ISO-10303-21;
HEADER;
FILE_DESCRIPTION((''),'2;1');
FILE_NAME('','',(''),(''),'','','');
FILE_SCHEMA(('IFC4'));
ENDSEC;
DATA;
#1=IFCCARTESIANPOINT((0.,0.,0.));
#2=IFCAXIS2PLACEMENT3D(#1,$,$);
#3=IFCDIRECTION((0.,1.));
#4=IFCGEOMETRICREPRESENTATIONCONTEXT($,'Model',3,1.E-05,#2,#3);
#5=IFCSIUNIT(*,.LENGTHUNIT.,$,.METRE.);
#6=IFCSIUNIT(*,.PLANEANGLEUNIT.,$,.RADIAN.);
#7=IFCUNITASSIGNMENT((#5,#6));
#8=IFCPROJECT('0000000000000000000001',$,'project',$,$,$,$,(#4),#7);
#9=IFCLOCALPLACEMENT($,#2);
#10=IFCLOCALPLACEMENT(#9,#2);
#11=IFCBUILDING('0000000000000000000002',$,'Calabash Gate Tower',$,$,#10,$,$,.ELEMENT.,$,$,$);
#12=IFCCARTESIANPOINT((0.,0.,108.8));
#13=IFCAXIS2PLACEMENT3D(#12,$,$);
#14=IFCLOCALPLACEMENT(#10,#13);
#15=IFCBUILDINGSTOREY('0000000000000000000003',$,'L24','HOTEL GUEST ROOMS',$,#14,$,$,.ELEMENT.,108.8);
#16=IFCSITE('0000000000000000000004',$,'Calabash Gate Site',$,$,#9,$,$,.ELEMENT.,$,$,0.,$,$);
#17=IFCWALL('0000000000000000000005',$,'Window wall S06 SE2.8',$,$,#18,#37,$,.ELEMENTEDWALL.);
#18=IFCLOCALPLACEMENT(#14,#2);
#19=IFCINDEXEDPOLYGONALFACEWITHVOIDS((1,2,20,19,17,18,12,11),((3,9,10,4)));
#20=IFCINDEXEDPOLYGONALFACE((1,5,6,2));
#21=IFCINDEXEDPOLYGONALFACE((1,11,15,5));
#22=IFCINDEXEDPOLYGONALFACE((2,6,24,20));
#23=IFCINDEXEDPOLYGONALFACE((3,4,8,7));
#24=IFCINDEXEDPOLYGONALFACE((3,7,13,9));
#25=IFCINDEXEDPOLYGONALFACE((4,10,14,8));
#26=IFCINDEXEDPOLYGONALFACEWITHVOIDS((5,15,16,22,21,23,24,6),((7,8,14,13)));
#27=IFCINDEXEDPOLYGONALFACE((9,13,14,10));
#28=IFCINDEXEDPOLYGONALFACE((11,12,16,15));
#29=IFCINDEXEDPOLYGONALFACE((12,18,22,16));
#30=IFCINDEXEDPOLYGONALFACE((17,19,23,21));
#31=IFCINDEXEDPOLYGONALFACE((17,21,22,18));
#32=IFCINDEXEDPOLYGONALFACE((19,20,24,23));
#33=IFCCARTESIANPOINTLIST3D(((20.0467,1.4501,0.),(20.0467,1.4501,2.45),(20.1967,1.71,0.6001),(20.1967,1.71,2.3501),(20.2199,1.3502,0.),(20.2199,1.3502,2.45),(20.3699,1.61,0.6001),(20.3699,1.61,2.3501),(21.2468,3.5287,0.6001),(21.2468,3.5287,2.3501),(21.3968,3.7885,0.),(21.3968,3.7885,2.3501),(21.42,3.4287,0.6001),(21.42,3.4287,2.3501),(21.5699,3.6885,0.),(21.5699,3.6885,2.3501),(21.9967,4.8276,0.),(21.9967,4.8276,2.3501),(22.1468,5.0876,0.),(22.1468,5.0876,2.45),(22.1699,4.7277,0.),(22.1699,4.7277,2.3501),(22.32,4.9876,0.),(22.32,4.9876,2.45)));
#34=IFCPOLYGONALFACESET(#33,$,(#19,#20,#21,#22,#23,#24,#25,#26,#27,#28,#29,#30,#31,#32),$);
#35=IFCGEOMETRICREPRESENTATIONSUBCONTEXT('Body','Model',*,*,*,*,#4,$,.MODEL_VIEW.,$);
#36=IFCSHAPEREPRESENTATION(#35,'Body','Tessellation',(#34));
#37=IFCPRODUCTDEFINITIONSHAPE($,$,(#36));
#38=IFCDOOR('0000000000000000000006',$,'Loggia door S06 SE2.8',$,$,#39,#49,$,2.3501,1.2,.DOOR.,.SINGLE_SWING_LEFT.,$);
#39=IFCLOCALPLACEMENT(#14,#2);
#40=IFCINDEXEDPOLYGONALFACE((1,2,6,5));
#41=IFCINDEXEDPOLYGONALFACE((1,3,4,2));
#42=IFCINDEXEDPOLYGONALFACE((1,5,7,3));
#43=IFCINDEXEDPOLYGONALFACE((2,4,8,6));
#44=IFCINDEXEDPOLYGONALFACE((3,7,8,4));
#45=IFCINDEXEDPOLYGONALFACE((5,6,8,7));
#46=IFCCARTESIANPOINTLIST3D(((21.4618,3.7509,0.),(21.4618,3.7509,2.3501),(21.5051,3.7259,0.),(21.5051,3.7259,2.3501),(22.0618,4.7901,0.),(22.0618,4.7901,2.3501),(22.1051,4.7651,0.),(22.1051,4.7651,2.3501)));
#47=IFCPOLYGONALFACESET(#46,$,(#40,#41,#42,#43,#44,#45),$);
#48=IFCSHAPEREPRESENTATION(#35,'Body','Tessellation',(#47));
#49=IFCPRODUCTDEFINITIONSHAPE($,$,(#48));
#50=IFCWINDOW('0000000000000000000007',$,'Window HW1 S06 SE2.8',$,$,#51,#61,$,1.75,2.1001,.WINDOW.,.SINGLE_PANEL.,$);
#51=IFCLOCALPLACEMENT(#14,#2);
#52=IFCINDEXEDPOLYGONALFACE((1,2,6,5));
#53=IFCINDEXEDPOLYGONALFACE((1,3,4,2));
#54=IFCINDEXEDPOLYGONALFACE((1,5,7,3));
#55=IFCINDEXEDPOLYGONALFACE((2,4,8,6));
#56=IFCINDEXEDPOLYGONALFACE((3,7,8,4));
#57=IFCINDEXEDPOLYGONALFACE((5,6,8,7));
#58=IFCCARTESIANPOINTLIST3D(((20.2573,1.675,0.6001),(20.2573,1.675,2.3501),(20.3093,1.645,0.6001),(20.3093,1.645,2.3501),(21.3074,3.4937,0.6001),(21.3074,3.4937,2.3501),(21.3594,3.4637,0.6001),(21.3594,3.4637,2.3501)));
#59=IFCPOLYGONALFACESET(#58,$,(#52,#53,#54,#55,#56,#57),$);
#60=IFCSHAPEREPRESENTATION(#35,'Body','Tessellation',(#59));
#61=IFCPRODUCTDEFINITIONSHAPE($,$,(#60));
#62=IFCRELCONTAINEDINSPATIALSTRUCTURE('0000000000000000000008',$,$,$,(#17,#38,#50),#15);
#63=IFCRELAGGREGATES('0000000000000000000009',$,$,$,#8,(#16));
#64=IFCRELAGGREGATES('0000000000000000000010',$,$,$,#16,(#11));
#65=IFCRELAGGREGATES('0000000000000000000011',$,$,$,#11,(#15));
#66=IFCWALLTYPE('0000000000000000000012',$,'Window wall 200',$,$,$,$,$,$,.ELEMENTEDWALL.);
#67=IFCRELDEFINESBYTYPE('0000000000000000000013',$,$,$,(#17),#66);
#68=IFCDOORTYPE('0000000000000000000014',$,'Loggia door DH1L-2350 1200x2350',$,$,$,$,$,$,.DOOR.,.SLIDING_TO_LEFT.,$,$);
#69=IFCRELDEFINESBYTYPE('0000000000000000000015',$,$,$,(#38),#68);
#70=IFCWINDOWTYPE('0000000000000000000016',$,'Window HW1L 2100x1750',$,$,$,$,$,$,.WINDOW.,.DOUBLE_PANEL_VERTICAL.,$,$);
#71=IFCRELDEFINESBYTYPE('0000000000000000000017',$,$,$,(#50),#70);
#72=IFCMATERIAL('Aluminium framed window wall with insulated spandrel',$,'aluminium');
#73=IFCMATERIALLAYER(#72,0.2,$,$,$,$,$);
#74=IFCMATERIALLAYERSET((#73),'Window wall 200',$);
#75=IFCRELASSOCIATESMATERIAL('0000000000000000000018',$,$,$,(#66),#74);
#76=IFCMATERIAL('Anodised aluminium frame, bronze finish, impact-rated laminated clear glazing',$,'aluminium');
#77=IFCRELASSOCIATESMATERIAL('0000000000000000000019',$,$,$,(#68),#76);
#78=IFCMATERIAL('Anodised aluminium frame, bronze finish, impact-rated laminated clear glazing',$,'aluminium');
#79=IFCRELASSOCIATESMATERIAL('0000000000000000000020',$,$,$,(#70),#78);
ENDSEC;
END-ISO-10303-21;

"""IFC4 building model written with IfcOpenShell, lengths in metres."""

from ifc_helpers import new_model, si_unit, direction, frame, frame_2d, origin, place, context, subcontext, project, spatial, rectangle, extrude, material, layer, layer_set, type_object, element, fill, save


model = new_model("IFC4")

# Units and contexts
model_context = context("Model", 3, precision=1e-05, world=origin(), true_north=direction((0.0, 1.0)))
body_context = subcontext(model_context, "Body", "Model", "MODEL_VIEW")
ifc_project = project(units=[si_unit("LENGTHUNIT", "METRE"), si_unit("PLANEANGLEUNIT", "RADIAN")], contexts=[model_context])

# Site, building, storey
site_placement = place(None, origin())
site = spatial("IfcSite", under=ifc_project, at=site_placement, Name="Calabash Gate Site", CompositionType="ELEMENT", RefElevation=0.0)
building_placement = place(site_placement, origin())
building = spatial("IfcBuilding", under=site, at=building_placement, Name="Calabash Gate Tower", CompositionType="ELEMENT")
storey_placement = place(building_placement, frame((0.0, 0.0, 108.8)))
storey = spatial("IfcBuildingStorey", under=building, at=storey_placement, Name="L24", Description="HOTEL GUEST ROOMS", CompositionType="ELEMENT", Elevation=108.8)

# Shared definitions
ifc_material_1 = material(Name="Aluminium framed window wall with insulated spandrel", Category="aluminium")
ifc_layer_1 = layer(ifc_material_1, 0.2)
ifc_layer_set_1 = layer_set([ifc_layer_1], Name="Window wall 200")
wall_type_1 = type_object("IfcWallType", Name="Window wall 200", PredefinedType="ELEMENTEDWALL", material=ifc_layer_set_1)

# Wall, openings, door, window
wall_1_placement = place(storey_placement, frame((20.1333, 1.4001, 0.0), z_axis=(0.0, 0.0, 1.0), x_axis=(0.500003, 0.866024, 0.0)))
wall_1 = element("IfcWall", 1, at=wall_1_placement, inside=storey, type_object=wall_type_1, Name="Window wall S06 SE2.8", PredefinedType="ELEMENTEDWALL", context=body_context, shape_type="SweptSolid", body=[
    extrude(rectangle(XDim=4.2002, YDim=0.2, at=frame_2d((2.1001, 0.0))), origin(), (0.0, 0.0, 1.0), 2.45),
])
opening_1_placement = place(wall_1_placement, frame((0.3, 0.0, 0.6001)))
opening_1 = element("IfcOpeningElement", 2, at=opening_1_placement, cuts=wall_1, PredefinedType="OPENING", context=body_context, shape_type="SweptSolid", body=[
    extrude(rectangle(XDim=2.1001, YDim=1.75, at=frame_2d((1.05, 0.875))), frame((0.0, 0.1099, 0.0), z_axis=(0.0, -1.0, 0.0), x_axis=(1.0, 0.0, 0.0)), (0.0, 0.0, 1.0), 0.22),
])
opening_2_placement = place(wall_1_placement, frame((2.7, 0.0, 0.0)))
opening_2 = element("IfcOpeningElement", 3, at=opening_2_placement, cuts=wall_1, PredefinedType="OPENING", context=body_context, shape_type="SweptSolid", body=[
    extrude(rectangle(XDim=1.2, YDim=2.3501, at=frame_2d((0.6001, 1.175))), frame((0.0, 0.1099, 0.0), z_axis=(0.0, -1.0, 0.0), x_axis=(1.0, 0.0, 0.0)), (0.0, 0.0, 1.0), 0.22),
])
ifc_material_2 = material(Name="Anodised aluminium frame, bronze finish, impact-rated laminated clear glazing", Category="aluminium")
door_type_1 = type_object("IfcDoorType", Name="Loggia door DH1L-2350 1200x2350", OperationType="SLIDING_TO_LEFT", PredefinedType="DOOR", material=ifc_material_2)
door_1_placement = place(opening_2_placement, origin())
door_1 = element("IfcDoor", 4, at=door_1_placement, inside=storey, type_object=door_type_1, Name="Loggia door S06 SE2.8", OperationType="SINGLE_SWING_LEFT", OverallHeight=2.3501, OverallWidth=1.2, PredefinedType="DOOR", context=body_context, shape_type="SweptSolid", body=[
    extrude(rectangle(XDim=1.2, YDim=2.3501, at=frame_2d((0.6001, 1.175))), frame((0.0, 0.0249, 0.0), z_axis=(0.0, -1.0, 0.0), x_axis=(1.0, 0.0, 0.0)), (0.0, 0.0, 1.0), 0.05),
])
fill(opening_2, door_1)
ifc_material_3 = material(Name="Anodised aluminium frame, bronze finish, impact-rated laminated clear glazing", Category="aluminium")
window_type_1 = type_object("IfcWindowType", Name="Window HW1L 2100x1750", PartitioningType="DOUBLE_PANEL_VERTICAL", PredefinedType="WINDOW", material=ifc_material_3)
window_1_placement = place(opening_1_placement, origin())
window_1 = element("IfcWindow", 5, at=window_1_placement, inside=storey, type_object=window_type_1, Name="Window HW1 S06 SE2.8", OverallHeight=1.75, OverallWidth=2.1001, PartitioningType="SINGLE_PANEL", PredefinedType="WINDOW", context=body_context, shape_type="SweptSolid", body=[
    extrude(rectangle(XDim=2.1001, YDim=1.75, at=frame_2d((1.05, 0.875))), frame((0.0, 0.03, 0.0), z_axis=(0.0, -1.0, 0.0), x_axis=(1.0, 0.0, 0.0)), (0.0, 0.0, 1.0), 0.0601),
])
fill(opening_1, window_1)

save(model, "model.ifc")
